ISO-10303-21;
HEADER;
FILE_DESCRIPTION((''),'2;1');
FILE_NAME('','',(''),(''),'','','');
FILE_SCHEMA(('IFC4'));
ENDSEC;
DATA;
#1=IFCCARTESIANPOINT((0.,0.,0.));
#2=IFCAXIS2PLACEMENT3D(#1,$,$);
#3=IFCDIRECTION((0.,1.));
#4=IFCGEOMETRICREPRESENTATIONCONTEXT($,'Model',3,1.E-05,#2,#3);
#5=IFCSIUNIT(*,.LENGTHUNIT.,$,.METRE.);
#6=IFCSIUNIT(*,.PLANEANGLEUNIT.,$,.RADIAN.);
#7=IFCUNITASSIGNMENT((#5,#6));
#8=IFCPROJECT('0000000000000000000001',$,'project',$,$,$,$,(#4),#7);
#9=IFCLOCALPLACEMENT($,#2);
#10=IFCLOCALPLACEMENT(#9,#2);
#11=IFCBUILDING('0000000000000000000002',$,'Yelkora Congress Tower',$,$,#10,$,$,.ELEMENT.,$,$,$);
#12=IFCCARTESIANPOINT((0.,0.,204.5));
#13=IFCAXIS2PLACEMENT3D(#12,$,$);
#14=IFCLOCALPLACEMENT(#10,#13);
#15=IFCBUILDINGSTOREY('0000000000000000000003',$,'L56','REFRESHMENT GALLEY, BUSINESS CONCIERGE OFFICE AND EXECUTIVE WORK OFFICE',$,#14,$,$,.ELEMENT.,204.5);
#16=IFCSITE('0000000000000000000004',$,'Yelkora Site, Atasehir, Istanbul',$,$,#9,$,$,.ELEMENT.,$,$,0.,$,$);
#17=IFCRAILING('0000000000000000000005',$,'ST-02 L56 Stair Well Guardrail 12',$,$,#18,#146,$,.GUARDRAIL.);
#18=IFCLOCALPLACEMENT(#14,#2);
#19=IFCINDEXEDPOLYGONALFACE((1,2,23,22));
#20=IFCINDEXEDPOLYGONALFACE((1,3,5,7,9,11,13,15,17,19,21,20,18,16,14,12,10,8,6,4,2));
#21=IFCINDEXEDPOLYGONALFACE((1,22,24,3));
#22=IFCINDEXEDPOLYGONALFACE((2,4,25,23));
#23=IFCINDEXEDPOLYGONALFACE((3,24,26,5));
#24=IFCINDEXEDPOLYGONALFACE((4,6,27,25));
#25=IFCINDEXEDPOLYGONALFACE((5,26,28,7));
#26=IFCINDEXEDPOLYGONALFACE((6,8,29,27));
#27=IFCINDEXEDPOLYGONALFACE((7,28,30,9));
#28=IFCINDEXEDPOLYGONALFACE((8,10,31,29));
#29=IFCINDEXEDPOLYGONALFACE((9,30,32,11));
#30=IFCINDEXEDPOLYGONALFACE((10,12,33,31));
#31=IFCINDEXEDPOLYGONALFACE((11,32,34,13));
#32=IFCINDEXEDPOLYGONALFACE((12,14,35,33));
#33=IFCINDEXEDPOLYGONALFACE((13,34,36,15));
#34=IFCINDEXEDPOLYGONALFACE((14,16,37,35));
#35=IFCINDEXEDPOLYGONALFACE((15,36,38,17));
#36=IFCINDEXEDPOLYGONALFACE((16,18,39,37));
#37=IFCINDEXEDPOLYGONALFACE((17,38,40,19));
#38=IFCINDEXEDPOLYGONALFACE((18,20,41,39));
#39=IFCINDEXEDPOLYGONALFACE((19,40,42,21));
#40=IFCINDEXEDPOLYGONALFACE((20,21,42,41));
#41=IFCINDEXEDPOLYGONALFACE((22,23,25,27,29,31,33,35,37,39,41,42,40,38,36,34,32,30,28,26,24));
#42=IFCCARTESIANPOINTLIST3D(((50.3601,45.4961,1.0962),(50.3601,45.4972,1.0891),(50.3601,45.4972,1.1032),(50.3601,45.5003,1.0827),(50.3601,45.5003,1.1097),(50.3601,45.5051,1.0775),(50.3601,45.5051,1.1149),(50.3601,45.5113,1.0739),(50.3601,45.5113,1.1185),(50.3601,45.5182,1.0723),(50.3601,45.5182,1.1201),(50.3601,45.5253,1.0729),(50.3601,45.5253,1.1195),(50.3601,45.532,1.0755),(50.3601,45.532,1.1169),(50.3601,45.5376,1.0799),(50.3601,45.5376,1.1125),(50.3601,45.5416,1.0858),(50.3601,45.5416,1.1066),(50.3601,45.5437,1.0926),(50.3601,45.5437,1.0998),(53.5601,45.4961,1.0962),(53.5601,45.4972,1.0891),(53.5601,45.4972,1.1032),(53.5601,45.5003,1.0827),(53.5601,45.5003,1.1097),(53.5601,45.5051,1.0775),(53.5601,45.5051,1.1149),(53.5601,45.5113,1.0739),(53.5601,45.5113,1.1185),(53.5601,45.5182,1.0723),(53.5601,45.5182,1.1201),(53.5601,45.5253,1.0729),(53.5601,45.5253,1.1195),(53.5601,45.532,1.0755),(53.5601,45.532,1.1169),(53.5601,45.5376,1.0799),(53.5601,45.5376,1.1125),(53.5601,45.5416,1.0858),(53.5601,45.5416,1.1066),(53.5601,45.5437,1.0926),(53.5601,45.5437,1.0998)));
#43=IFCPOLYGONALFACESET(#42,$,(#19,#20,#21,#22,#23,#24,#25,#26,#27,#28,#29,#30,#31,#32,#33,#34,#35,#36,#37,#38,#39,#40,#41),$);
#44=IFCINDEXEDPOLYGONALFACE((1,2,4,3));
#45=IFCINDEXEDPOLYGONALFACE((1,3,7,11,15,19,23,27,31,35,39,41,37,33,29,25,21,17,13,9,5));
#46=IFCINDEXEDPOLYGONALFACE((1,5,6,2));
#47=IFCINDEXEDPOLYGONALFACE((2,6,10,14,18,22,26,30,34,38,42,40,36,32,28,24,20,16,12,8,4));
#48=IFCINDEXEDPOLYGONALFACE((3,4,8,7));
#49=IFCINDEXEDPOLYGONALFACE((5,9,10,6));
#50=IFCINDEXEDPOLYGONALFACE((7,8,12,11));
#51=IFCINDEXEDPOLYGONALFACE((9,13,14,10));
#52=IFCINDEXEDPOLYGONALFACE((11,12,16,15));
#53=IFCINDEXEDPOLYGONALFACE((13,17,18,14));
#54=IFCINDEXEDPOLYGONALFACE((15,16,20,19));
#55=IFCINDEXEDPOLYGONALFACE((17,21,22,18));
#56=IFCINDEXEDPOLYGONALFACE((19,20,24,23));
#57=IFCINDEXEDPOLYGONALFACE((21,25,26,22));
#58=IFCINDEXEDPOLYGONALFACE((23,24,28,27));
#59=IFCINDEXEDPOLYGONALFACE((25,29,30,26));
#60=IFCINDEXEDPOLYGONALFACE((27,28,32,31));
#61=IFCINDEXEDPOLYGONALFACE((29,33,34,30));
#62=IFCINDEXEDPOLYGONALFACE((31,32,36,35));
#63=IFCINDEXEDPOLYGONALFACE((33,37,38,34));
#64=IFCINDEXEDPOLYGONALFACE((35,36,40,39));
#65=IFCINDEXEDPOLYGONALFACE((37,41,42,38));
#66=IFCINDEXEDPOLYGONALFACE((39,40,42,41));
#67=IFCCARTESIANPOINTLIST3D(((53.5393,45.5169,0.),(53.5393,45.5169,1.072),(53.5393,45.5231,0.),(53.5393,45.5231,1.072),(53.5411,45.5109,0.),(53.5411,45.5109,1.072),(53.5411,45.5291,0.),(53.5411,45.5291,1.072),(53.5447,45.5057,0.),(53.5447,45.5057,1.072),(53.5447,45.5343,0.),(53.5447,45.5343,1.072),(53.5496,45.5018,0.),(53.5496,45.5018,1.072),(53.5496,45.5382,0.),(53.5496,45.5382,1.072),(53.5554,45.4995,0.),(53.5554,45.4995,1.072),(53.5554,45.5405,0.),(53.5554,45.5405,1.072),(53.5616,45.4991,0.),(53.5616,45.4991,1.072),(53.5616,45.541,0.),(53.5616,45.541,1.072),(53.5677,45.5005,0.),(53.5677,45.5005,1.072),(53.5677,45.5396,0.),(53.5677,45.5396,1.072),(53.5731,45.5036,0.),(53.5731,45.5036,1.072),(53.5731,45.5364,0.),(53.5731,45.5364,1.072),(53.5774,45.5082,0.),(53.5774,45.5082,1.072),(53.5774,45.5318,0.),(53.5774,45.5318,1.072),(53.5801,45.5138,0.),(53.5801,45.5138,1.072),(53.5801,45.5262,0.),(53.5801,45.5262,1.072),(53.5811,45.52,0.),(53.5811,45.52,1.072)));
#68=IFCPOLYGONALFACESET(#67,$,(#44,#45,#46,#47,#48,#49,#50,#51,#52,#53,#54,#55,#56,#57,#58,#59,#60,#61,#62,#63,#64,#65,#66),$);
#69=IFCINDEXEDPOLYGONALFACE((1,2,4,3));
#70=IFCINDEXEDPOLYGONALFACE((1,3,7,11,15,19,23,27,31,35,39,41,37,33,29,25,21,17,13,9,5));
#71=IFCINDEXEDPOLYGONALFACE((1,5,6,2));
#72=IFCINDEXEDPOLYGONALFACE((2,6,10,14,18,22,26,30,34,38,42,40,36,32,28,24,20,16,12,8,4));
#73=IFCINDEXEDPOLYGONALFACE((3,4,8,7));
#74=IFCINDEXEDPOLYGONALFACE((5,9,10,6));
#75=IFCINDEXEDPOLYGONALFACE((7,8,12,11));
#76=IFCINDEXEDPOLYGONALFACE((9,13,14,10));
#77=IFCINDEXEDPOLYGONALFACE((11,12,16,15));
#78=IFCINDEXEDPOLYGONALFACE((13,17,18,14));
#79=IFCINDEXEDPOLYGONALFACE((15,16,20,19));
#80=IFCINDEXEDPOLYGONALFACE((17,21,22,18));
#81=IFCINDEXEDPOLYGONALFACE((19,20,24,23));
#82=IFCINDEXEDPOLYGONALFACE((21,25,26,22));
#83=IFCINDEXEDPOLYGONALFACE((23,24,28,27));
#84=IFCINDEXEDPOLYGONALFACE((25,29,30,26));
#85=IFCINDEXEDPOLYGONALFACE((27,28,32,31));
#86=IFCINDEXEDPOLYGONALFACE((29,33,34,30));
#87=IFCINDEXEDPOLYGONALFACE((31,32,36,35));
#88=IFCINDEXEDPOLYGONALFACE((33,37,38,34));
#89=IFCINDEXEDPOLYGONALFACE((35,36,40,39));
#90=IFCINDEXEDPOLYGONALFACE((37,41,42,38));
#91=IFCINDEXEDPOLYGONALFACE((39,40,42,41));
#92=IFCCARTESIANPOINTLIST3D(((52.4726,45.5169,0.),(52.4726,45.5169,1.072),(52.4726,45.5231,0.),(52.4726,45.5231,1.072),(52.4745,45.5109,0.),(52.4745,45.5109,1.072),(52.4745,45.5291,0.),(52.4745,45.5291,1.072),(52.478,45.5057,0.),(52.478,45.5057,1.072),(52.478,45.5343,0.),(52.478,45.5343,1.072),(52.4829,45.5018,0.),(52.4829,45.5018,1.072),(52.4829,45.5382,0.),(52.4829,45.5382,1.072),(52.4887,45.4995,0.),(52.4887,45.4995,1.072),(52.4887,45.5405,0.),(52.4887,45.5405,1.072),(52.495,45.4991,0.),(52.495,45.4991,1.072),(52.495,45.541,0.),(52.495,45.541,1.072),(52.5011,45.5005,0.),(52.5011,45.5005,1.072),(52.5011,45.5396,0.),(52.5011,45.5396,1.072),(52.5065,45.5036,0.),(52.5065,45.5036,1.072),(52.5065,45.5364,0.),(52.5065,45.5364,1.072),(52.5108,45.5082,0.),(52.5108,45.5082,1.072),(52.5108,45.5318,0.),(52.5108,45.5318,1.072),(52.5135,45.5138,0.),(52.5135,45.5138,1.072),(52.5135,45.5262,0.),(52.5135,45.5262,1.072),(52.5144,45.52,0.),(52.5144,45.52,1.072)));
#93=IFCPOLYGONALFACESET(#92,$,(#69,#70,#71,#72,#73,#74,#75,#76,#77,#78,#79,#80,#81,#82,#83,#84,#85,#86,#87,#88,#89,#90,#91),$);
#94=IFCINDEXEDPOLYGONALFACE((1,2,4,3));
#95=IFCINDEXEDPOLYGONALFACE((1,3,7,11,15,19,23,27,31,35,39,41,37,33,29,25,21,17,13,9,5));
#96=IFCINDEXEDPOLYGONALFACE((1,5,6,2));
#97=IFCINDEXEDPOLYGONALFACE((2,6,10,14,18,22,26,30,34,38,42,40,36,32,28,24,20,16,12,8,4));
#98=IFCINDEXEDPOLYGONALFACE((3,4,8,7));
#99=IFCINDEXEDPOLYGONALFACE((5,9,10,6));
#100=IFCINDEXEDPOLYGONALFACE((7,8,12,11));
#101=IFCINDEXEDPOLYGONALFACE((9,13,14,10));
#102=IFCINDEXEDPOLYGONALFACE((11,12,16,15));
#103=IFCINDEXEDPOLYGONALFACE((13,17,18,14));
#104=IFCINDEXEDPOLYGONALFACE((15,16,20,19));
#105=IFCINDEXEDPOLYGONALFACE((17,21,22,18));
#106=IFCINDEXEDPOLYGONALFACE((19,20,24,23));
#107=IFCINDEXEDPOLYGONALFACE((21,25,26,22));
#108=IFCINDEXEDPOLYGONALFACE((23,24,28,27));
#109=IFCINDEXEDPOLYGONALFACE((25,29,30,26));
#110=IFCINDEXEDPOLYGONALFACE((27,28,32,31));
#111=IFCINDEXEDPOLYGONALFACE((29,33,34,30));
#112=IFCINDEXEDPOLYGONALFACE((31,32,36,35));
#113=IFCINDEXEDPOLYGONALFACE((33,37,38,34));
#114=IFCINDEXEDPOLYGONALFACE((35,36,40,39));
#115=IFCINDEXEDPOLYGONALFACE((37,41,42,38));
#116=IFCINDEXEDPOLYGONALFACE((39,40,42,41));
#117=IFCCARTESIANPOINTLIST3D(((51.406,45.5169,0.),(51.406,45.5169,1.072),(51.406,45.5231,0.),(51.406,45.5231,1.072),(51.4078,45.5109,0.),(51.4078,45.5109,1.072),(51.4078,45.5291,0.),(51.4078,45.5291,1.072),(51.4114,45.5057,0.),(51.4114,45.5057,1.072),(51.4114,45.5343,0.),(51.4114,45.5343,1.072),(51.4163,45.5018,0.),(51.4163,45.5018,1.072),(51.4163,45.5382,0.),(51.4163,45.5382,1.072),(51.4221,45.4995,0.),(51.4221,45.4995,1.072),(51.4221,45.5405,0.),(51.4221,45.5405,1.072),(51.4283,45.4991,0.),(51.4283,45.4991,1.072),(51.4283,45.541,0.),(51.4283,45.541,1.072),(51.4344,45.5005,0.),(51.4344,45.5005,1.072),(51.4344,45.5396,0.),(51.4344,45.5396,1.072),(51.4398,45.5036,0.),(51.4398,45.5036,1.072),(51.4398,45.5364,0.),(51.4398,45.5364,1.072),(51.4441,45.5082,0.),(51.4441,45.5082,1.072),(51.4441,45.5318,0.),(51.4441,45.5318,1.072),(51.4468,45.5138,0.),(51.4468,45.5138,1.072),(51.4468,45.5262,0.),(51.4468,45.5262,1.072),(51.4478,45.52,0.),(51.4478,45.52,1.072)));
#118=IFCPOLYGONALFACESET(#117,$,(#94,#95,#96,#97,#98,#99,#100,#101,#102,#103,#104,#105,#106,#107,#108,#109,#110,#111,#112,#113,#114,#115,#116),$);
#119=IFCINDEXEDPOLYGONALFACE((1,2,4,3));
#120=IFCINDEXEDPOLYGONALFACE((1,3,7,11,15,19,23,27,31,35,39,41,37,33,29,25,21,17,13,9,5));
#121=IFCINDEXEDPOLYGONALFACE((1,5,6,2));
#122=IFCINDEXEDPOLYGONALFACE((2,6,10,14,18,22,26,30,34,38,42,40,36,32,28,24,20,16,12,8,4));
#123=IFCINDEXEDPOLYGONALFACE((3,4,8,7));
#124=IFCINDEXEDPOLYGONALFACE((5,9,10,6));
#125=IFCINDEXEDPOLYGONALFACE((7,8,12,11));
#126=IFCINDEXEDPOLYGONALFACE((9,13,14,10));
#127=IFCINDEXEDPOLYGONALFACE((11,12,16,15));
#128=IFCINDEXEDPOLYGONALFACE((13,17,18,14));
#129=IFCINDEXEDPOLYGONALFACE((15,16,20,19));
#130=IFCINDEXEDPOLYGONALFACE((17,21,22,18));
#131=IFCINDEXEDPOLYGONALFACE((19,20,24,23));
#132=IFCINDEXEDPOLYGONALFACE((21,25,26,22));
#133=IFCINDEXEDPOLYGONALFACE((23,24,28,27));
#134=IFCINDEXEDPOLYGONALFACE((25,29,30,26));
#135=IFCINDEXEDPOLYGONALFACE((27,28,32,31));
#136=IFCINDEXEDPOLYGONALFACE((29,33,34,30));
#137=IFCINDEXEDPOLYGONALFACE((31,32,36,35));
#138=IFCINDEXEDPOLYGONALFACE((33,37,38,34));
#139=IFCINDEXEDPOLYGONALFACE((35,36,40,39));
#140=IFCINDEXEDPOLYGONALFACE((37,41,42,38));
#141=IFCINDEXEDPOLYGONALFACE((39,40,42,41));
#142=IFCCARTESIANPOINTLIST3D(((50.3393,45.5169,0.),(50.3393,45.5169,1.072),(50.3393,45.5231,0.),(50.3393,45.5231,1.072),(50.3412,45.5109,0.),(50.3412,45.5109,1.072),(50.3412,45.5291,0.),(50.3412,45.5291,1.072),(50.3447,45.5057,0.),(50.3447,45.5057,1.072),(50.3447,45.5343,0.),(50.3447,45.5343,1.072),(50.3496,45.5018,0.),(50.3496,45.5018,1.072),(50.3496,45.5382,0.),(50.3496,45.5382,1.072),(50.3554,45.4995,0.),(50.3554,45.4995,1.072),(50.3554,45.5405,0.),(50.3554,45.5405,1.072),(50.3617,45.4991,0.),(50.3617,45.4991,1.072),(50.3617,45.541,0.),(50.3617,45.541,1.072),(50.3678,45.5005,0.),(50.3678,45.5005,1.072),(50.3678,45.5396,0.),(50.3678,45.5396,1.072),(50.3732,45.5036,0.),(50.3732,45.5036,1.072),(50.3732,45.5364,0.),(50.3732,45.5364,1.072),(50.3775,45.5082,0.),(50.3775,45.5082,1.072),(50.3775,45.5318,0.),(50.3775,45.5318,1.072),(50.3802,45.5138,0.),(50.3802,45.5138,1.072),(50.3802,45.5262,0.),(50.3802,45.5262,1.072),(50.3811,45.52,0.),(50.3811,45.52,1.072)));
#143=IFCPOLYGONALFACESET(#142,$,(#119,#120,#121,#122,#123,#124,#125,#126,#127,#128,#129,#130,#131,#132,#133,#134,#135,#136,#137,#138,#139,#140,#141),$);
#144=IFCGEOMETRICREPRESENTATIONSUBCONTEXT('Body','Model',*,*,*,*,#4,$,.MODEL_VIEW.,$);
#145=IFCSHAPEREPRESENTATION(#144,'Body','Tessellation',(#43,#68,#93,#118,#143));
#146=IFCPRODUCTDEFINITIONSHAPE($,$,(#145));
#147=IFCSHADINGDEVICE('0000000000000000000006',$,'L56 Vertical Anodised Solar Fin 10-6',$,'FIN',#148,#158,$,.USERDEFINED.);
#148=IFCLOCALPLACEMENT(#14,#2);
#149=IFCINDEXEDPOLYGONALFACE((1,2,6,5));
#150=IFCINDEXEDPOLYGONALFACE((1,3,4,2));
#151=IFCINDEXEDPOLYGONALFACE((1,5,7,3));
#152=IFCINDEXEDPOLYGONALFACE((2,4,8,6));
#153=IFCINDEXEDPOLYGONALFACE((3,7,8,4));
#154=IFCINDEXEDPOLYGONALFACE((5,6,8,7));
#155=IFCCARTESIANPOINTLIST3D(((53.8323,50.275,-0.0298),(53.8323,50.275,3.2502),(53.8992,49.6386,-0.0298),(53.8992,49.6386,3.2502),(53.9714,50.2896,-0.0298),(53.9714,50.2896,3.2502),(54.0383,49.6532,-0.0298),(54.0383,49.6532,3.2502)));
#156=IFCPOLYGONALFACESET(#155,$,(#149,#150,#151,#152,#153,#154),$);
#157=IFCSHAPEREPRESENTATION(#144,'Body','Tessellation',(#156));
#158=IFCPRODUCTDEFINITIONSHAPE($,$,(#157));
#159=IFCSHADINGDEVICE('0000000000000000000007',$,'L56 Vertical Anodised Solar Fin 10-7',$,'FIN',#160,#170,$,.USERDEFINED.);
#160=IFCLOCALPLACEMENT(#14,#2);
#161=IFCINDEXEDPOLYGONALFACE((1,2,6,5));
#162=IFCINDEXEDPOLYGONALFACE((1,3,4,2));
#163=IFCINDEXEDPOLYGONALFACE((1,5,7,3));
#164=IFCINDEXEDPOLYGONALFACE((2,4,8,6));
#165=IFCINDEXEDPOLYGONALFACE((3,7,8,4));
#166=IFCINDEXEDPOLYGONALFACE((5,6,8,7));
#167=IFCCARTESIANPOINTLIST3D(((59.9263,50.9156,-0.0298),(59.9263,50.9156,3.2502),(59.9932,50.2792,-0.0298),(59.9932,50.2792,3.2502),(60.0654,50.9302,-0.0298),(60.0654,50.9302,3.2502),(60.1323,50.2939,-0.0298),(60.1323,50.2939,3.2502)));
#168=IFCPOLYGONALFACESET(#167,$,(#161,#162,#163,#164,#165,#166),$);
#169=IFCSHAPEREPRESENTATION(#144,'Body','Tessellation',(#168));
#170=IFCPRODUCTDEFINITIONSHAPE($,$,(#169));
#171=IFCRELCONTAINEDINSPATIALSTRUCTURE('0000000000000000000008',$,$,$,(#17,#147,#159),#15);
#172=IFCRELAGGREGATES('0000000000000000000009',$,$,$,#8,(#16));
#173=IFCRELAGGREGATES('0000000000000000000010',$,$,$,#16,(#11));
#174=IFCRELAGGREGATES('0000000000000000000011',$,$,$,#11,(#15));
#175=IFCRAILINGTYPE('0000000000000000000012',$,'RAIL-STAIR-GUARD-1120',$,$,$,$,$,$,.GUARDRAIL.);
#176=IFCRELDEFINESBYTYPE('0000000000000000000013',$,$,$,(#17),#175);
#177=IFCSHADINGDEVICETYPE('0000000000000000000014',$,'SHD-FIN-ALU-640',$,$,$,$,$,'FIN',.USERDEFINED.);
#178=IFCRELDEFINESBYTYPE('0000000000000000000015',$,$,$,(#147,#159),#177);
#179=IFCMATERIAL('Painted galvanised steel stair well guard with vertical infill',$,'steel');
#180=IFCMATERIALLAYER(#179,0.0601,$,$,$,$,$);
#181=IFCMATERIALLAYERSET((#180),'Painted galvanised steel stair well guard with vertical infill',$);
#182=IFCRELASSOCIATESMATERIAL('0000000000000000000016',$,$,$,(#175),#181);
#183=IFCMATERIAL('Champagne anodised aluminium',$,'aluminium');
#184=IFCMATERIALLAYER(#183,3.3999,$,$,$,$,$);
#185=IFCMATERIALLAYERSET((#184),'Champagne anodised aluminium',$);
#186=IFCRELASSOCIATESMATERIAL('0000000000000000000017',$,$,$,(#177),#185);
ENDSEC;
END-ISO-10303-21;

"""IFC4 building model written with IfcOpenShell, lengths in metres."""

from ifc_helpers import new_model, si_unit, direction, frame, origin, origin_2d, place, context, subcontext, project, spatial, rectangle, circle, extrude, material, layer, layer_set, type_object, element, save


model = new_model("IFC4")

# Units and contexts
model_context = context("Model", 3, precision=1e-05, world=origin(), true_north=direction((0.0, 1.0)))
body_context = subcontext(model_context, "Body", "Model", "MODEL_VIEW")
ifc_project = project(units=[si_unit("LENGTHUNIT", "METRE"), si_unit("PLANEANGLEUNIT", "RADIAN")], contexts=[model_context])

# Site, building, storey
site_placement = place(None, origin())
site = spatial("IfcSite", under=ifc_project, at=site_placement, Name="Yelkora Site, Atasehir, Istanbul", CompositionType="ELEMENT", RefElevation=0.0)
building_placement = place(site_placement, origin())
building = spatial("IfcBuilding", under=site, at=building_placement, Name="Yelkora Congress Tower", CompositionType="ELEMENT")
storey_placement = place(building_placement, frame((0.0, 0.0, 204.5)))
storey = spatial("IfcBuildingStorey", under=building, at=storey_placement, Name="L56", Description="REFRESHMENT GALLEY, BUSINESS CONCIERGE OFFICE AND EXECUTIVE WORK OFFICE", CompositionType="ELEMENT", Elevation=204.5)

# Railing
ifc_material_1 = material(Name="Painted galvanised steel stair well guard with vertical infill", Category="steel")
ifc_layer_1 = layer(ifc_material_1, 0.0601)
ifc_layer_set_1 = layer_set([ifc_layer_1], Name="Painted galvanised steel stair well guard with vertical infill")
railing_type = type_object("IfcRailingType", Name="RAIL-STAIR-GUARD-1120", PredefinedType="GUARDRAIL", material=ifc_layer_set_1)
railing_placement = place(storey_placement, frame((53.5601, 45.52, 0.0)))
element("IfcRailing", 1, at=railing_placement, inside=storey, type_object=railing_type, Name="ST-02 L56 Stair Well Guardrail 12", PredefinedType="GUARDRAIL", context=body_context, shape_type="SweptSolid", body=[
    extrude(circle(Radius=0.0239, at=origin_2d()), frame((0.0, 0.0, 1.0962), z_axis=(-1.0, 0.0, 0.0), x_axis=(0.0, -1.0, 0.0)), (0.0, 0.0, 1.0), 3.2),
    extrude(circle(Radius=0.021, at=origin_2d()), origin(), (0.0, 0.0, 1.0), 1.072),
    extrude(circle(Radius=0.021, at=origin_2d()), frame((-1.0667, 0.0, 0.0)), (0.0, 0.0, 1.0), 1.072),
    extrude(circle(Radius=0.021, at=origin_2d()), frame((-2.1333, 0.0, 0.0)), (0.0, 0.0, 1.0), 1.072),
    extrude(circle(Radius=0.021, at=origin_2d()), frame((-3.2, 0.0, 0.0)), (0.0, 0.0, 1.0), 1.072),
])

# Shading devices
ifc_material_2 = material(Name="Champagne anodised aluminium", Category="aluminium")
ifc_layer_2 = layer(ifc_material_2, 3.3999)
ifc_layer_set_2 = layer_set([ifc_layer_2], Name="Champagne anodised aluminium")
shading_device_type = type_object("IfcShadingDeviceType", Name="SHD-FIN-ALU-640", ElementType="FIN", PredefinedType="USERDEFINED", material=ifc_layer_set_2)
for number, where, z_axis, x_axis, name in (
    (2, (53.9353, 49.9641, -0.0298), (0.0, 0.0, 1.0), (0.994522, 0.104528, 0.0), "L56 Vertical Anodised Solar Fin 10-6"),
    (3, (60.0293, 50.6047, -0.0298), (0.0, 0.0, 1.0), (0.994522, 0.104528, 0.0), "L56 Vertical Anodised Solar Fin 10-7"),
):
    element("IfcShadingDevice", number, at=place(storey_placement, frame(where, z_axis=z_axis, x_axis=x_axis)), inside=storey, type_object=shading_device_type, Name=name, ObjectType="FIN", PredefinedType="USERDEFINED", context=body_context, shape_type="SweptSolid", body=[
        extrude(rectangle(XDim=0.1399, YDim=0.6399, at=origin_2d()), origin(), (0.0, 0.0, 1.0), 3.28),
    ])

save(model, "model.ifc")
